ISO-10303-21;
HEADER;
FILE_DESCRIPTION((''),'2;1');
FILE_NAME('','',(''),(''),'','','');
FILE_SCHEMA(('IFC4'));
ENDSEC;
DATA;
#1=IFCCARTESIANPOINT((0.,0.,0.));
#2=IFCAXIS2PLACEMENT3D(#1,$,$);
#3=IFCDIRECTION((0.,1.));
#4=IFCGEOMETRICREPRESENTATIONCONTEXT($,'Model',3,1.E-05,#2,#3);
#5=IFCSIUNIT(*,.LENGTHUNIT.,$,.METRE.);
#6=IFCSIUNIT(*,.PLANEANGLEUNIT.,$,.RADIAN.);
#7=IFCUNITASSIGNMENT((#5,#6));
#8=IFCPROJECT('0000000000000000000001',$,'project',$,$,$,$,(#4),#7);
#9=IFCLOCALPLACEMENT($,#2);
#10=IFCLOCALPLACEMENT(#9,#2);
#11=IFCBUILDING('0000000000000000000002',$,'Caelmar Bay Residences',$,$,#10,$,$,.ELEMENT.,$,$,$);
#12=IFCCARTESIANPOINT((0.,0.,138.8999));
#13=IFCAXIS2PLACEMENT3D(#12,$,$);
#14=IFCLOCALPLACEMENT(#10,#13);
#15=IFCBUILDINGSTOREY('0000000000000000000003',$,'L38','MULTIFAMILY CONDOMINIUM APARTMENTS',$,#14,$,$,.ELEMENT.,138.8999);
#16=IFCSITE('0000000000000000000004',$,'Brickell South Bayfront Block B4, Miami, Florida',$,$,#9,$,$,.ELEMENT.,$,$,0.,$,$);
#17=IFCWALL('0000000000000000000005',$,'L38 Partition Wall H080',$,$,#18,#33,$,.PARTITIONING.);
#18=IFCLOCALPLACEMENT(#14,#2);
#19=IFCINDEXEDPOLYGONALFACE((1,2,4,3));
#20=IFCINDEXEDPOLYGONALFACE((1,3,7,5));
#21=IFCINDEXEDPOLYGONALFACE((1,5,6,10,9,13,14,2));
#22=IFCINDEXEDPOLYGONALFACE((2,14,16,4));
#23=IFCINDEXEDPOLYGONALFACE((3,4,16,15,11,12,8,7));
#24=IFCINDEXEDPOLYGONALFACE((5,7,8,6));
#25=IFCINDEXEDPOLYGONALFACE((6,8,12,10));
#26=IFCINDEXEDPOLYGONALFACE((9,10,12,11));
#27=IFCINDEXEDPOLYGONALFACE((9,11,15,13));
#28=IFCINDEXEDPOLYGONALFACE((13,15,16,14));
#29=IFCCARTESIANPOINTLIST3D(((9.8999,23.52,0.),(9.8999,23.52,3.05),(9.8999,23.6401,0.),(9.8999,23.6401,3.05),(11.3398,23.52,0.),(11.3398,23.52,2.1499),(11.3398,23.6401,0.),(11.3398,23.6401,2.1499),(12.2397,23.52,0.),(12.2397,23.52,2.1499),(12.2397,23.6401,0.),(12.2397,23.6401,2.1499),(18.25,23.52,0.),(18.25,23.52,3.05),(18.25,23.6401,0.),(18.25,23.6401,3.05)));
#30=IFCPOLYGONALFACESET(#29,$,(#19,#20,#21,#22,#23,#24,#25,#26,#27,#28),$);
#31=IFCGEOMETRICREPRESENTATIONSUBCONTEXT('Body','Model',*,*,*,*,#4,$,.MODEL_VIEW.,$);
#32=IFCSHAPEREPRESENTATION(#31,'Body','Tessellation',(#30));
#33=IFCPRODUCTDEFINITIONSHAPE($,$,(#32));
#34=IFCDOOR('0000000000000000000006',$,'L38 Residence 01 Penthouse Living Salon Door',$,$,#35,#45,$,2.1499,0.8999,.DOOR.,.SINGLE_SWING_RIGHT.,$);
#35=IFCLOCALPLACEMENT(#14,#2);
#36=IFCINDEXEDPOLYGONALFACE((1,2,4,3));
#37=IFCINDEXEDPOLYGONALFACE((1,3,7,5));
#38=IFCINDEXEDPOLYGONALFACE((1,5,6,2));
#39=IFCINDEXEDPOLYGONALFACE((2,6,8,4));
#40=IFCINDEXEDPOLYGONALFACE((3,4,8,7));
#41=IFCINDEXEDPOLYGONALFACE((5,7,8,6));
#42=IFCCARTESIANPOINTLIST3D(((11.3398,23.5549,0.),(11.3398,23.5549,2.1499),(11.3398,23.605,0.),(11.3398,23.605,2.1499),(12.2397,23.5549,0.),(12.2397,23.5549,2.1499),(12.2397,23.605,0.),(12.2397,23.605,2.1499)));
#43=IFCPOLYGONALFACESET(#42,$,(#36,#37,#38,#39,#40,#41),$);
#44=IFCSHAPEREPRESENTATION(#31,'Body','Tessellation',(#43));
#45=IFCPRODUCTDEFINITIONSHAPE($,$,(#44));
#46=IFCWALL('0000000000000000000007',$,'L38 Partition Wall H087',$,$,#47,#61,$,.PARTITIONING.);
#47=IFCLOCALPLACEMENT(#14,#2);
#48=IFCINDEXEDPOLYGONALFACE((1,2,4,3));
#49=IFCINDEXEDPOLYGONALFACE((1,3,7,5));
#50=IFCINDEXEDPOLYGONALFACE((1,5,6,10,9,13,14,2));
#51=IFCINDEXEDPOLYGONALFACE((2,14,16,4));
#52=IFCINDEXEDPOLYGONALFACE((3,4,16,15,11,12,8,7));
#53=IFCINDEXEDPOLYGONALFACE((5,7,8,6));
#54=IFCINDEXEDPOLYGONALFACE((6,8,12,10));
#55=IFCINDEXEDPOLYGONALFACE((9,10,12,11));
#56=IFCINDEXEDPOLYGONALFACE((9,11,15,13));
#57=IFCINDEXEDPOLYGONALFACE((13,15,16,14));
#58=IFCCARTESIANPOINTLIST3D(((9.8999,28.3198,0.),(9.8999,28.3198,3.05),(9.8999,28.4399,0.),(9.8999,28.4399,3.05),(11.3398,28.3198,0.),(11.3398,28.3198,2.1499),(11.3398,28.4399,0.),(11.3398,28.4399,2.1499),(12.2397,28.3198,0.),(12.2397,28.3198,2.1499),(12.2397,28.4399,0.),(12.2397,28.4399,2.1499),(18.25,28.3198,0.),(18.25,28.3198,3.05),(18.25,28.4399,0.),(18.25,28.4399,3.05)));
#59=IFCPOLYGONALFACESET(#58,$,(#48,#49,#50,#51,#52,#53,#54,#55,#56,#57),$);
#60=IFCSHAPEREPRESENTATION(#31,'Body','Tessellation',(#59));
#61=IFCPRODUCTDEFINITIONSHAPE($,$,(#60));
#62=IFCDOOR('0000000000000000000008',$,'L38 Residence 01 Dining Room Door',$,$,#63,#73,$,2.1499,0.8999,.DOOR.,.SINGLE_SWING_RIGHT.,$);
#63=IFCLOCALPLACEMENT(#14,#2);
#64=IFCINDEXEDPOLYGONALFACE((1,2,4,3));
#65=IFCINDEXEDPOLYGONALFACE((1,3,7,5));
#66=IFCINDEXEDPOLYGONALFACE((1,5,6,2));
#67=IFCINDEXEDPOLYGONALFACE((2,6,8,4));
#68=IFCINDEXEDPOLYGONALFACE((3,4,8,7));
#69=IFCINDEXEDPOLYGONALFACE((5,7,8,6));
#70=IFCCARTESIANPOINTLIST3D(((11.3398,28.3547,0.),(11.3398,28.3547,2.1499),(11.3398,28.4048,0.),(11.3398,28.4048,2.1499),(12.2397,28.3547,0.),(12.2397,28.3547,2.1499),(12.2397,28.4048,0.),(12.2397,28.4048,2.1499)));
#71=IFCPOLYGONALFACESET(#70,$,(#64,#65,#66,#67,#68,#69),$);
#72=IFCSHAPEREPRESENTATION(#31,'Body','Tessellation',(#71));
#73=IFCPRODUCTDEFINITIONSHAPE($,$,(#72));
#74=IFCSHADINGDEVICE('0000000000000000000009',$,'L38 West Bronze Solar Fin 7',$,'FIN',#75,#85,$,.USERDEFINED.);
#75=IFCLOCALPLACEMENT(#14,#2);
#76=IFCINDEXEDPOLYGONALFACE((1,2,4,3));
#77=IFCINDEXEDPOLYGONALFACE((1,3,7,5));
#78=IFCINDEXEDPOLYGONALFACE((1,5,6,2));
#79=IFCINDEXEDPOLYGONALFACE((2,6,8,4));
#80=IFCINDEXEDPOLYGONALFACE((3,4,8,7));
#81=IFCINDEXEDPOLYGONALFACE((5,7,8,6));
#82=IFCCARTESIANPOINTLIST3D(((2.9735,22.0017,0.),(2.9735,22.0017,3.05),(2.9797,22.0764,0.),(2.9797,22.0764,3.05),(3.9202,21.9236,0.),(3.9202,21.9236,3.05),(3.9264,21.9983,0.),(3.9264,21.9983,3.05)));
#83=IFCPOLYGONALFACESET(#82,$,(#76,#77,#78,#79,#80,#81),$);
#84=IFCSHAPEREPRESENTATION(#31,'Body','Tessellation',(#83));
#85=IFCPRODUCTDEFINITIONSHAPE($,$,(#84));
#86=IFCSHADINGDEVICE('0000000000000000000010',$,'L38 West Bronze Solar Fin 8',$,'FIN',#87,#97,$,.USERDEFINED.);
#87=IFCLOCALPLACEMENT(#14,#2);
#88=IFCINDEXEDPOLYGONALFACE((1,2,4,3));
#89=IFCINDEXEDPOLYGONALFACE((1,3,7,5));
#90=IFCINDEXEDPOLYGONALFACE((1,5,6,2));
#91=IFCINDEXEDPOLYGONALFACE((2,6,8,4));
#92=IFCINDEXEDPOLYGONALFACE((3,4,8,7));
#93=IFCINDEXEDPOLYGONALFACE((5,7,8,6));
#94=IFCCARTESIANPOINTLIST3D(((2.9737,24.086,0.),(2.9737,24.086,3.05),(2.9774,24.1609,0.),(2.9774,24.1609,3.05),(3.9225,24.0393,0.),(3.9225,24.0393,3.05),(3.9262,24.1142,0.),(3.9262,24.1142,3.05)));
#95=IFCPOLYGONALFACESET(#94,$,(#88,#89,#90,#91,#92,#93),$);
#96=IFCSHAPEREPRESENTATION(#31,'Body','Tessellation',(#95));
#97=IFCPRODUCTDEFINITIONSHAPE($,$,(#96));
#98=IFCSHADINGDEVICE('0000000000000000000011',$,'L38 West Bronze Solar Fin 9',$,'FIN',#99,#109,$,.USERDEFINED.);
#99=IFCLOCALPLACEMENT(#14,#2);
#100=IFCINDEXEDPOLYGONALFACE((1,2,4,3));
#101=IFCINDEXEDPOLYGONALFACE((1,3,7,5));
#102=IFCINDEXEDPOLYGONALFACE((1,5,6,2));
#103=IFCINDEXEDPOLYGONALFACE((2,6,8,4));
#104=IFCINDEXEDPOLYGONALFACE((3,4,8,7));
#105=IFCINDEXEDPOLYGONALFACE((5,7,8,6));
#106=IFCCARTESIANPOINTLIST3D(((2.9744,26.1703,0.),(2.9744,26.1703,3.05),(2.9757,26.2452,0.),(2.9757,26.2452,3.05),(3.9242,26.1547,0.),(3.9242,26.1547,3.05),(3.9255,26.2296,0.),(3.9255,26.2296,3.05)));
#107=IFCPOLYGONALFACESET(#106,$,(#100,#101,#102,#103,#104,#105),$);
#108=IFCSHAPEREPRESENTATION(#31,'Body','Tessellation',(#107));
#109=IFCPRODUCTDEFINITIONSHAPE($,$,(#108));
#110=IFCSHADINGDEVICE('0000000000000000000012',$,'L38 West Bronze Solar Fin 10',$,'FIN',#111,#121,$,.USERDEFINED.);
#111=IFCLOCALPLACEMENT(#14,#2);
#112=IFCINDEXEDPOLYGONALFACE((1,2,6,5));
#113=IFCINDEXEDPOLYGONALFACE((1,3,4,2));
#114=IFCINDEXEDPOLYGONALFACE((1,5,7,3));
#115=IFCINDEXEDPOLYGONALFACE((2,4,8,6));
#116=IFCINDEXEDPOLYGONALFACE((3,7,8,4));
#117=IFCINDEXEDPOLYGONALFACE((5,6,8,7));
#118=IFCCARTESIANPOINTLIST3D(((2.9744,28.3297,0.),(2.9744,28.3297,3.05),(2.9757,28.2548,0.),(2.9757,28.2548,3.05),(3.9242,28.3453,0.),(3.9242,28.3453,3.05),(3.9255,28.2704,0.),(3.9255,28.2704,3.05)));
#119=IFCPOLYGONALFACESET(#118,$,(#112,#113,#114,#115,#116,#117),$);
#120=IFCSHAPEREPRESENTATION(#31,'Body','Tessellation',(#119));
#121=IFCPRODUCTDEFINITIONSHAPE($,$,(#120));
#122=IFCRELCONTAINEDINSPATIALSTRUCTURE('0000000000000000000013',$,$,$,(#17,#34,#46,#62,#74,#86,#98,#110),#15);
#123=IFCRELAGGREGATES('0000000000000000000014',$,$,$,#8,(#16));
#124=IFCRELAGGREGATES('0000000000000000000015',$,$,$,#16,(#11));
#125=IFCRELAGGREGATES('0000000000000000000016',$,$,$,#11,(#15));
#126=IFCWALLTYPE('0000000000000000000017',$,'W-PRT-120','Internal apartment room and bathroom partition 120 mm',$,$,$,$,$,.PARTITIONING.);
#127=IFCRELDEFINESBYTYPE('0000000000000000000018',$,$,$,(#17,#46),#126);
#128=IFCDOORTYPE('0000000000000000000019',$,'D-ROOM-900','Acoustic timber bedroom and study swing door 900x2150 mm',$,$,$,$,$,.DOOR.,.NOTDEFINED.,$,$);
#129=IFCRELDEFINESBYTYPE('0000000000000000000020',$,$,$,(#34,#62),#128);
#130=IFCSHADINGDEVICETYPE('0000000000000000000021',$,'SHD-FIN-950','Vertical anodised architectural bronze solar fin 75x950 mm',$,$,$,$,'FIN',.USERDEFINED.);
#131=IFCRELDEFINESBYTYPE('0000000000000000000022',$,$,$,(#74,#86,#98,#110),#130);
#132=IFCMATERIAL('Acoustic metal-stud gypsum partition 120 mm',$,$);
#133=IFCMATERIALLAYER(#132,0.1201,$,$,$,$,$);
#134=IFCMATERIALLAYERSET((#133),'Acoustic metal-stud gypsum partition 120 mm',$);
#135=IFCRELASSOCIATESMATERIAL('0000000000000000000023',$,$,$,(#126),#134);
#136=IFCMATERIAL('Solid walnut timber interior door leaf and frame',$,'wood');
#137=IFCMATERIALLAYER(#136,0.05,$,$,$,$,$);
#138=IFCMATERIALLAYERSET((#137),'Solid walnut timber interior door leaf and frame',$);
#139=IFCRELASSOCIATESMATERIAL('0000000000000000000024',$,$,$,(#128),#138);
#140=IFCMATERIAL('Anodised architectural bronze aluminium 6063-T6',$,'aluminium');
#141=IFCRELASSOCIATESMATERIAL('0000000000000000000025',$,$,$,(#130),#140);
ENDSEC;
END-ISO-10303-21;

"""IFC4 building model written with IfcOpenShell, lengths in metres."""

from ifc_helpers import new_model, si_unit, direction, frame, frame_2d, origin, origin_2d, place, context, subcontext, project, spatial, rectangle, extrude, material, layer, layer_set, material_profile, profile_set, type_object, element, fill, save


model = new_model("IFC4")

# Units and contexts
model_context = context("Model", 3, precision=1e-05, world=origin(), true_north=direction((0.0, 1.0)))
body_context = subcontext(model_context, "Body", "Model", "MODEL_VIEW")
ifc_project = project(units=[si_unit("LENGTHUNIT", "METRE"), si_unit("PLANEANGLEUNIT", "RADIAN")], contexts=[model_context])

# Site, building, storey
site_placement = place(None, origin())
site = spatial("IfcSite", under=ifc_project, at=site_placement, Name="Brickell South Bayfront Block B4, Miami, Florida", CompositionType="ELEMENT", RefElevation=0.0)
building_placement = place(site_placement, origin())
building = spatial("IfcBuilding", under=site, at=building_placement, Name="Caelmar Bay Residences", CompositionType="ELEMENT")
storey_placement = place(building_placement, frame((0.0, 0.0, 138.8999)))
storey = spatial("IfcBuildingStorey", under=building, at=storey_placement, Name="L38", Description="MULTIFAMILY CONDOMINIUM APARTMENTS", CompositionType="ELEMENT", Elevation=138.8999)

# Shared definitions
ifc_material_1 = material(Name="Acoustic metal-stud gypsum partition 120 mm")
ifc_layer_1 = layer(ifc_material_1, 0.1201)
ifc_layer_set_1 = layer_set([ifc_layer_1], Name="Acoustic metal-stud gypsum partition 120 mm")
wall_type_1 = type_object("IfcWallType", Name="W-PRT-120", Description="Internal apartment room and bathroom partition 120 mm", PredefinedType="PARTITIONING", material=ifc_layer_set_1)

# Shared definitions
ifc_material_2 = material(Name="Solid walnut timber interior door leaf and frame", Category="wood")
ifc_layer_2 = layer(ifc_material_2, 0.05)
ifc_layer_set_2 = layer_set([ifc_layer_2], Name="Solid walnut timber interior door leaf and frame")
door_type_1 = type_object("IfcDoorType", Name="D-ROOM-900", Description="Acoustic timber bedroom and study swing door 900x2150 mm", OperationType="NOTDEFINED", PredefinedType="DOOR", material=ifc_layer_set_2)

# Walls, openings, doors
wall_1_placement = place(storey_placement, frame((9.8999, 23.5801, 0.0), z_axis=(0.0, 0.0, 1.0), x_axis=(1.0, 0.0, 0.0)))
wall_1 = element("IfcWall", 1, at=wall_1_placement, inside=storey, type_object=wall_type_1, Name="L38 Partition Wall H080", PredefinedType="PARTITIONING", context=body_context, shape_type="SweptSolid", body=[
    extrude(rectangle(XDim=8.3501, YDim=0.1201, at=frame_2d((4.175, 0.0))), origin(), (0.0, 0.0, 1.0), 3.05),
])
opening_1_placement = place(wall_1_placement, frame((1.4399, 0.0, 0.0)))
opening_1 = element("IfcOpeningElement", 2, at=opening_1_placement, cuts=wall_1, PredefinedType="OPENING", context=body_context, shape_type="SweptSolid", body=[
    extrude(rectangle(XDim=0.8999, YDim=2.1499, at=frame_2d((0.45, 1.075))), frame((0.0, 0.0701, 0.0), z_axis=(0.0, -1.0, 0.0), x_axis=(1.0, 0.0, 0.0)), (0.0, 0.0, 1.0), 0.1401),
])
door_1_placement = place(opening_1_placement, origin())
door_1 = element("IfcDoor", 3, at=door_1_placement, inside=storey, type_object=door_type_1, Name="L38 Residence 01 Penthouse Living Salon Door", OperationType="SINGLE_SWING_RIGHT", OverallHeight=2.1499, OverallWidth=0.8999, PredefinedType="DOOR", context=body_context, shape_type="SweptSolid", body=[
    extrude(rectangle(XDim=0.8999, YDim=2.1499, at=frame_2d((0.45, 1.075))), frame((0.0, 0.0249, 0.0), z_axis=(0.0, -1.0, 0.0), x_axis=(1.0, 0.0, 0.0)), (0.0, 0.0, 1.0), 0.05),
])
fill(opening_1, door_1)
wall_2_placement = place(storey_placement, frame((9.8999, 28.3799, 0.0), z_axis=(0.0, 0.0, 1.0), x_axis=(1.0, 0.0, 0.0)))
wall_2 = element("IfcWall", 4, at=wall_2_placement, inside=storey, type_object=wall_type_1, Name="L38 Partition Wall H087", PredefinedType="PARTITIONING", context=body_context, shape_type="SweptSolid", body=[
    extrude(rectangle(XDim=8.3501, YDim=0.1201, at=frame_2d((4.175, 0.0))), origin(), (0.0, 0.0, 1.0), 3.05),
])
opening_2_placement = place(wall_2_placement, frame((1.4399, 0.0, 0.0)))
opening_2 = element("IfcOpeningElement", 5, at=opening_2_placement, cuts=wall_2, PredefinedType="OPENING", context=body_context, shape_type="SweptSolid", body=[
    extrude(rectangle(XDim=0.8999, YDim=2.1499, at=frame_2d((0.45, 1.075))), frame((0.0, 0.0701, 0.0), z_axis=(0.0, -1.0, 0.0), x_axis=(1.0, 0.0, 0.0)), (0.0, 0.0, 1.0), 0.1401),
])
door_2_placement = place(opening_2_placement, origin())
door_2 = element("IfcDoor", 6, at=door_2_placement, inside=storey, type_object=door_type_1, Name="L38 Residence 01 Dining Room Door", OperationType="SINGLE_SWING_RIGHT", OverallHeight=2.1499, OverallWidth=0.8999, PredefinedType="DOOR", context=body_context, shape_type="SweptSolid", body=[
    extrude(rectangle(XDim=0.8999, YDim=2.1499, at=frame_2d((0.45, 1.075))), frame((0.0, 0.0249, 0.0), z_axis=(0.0, -1.0, 0.0), x_axis=(1.0, 0.0, 0.0)), (0.0, 0.0, 1.0), 0.05),
])
fill(opening_2, door_2)

# Shading devices
ifc_material_3 = material(Name="Anodised architectural bronze aluminium 6063-T6", Category="aluminium")
ifc_material_profile_1 = material_profile(ifc_material_3, rectangle(XDim=0.075, YDim=0.95, at=origin_2d()), Name="BRONZE-FIN-75X950")
ifc_profile_set_1 = profile_set([ifc_material_profile_1], Name="Anodised architectural bronze aluminium 6063-T6")
shading_device_type = type_object("IfcShadingDeviceType", Name="SHD-FIN-950", Description="Vertical anodised architectural bronze solar fin 75x950 mm", ElementType="FIN", PredefinedType="USERDEFINED", material=ifc_profile_set_1)
for number, where, z_axis, x_axis, name in (
    (7, (3.45, 22.0, 0.0), (0.0, 0.0, 1.0), (0.082112, 0.996623, 0.0), "L38 West Bronze Solar Fin 7"),
    (8, (3.45, 24.1001, 0.0), (0.0, 0.0, 1.0), (0.049198, 0.998789, 0.0), "L38 West Bronze Solar Fin 8"),
    (9, (3.45, 26.2, 0.0), (0.0, 0.0, 1.0), (0.016405, 0.999865, 0.0), "L38 West Bronze Solar Fin 9"),
    (10, (3.45, 28.3, 0.0), (0.0, 0.0, 1.0), (-0.016405, 0.999865, 0.0), "L38 West Bronze Solar Fin 10"),
):
    element("IfcShadingDevice", number, at=place(storey_placement, frame(where, z_axis=z_axis, x_axis=x_axis)), inside=storey, type_object=shading_device_type, Name=name, ObjectType="FIN", PredefinedType="USERDEFINED", context=body_context, shape_type="SweptSolid", body=[
        extrude(rectangle(XDim=0.075, YDim=0.95, at=origin_2d()), origin(), (0.0, 0.0, 1.0), 3.05),
    ])

save(model, "model.ifc")
